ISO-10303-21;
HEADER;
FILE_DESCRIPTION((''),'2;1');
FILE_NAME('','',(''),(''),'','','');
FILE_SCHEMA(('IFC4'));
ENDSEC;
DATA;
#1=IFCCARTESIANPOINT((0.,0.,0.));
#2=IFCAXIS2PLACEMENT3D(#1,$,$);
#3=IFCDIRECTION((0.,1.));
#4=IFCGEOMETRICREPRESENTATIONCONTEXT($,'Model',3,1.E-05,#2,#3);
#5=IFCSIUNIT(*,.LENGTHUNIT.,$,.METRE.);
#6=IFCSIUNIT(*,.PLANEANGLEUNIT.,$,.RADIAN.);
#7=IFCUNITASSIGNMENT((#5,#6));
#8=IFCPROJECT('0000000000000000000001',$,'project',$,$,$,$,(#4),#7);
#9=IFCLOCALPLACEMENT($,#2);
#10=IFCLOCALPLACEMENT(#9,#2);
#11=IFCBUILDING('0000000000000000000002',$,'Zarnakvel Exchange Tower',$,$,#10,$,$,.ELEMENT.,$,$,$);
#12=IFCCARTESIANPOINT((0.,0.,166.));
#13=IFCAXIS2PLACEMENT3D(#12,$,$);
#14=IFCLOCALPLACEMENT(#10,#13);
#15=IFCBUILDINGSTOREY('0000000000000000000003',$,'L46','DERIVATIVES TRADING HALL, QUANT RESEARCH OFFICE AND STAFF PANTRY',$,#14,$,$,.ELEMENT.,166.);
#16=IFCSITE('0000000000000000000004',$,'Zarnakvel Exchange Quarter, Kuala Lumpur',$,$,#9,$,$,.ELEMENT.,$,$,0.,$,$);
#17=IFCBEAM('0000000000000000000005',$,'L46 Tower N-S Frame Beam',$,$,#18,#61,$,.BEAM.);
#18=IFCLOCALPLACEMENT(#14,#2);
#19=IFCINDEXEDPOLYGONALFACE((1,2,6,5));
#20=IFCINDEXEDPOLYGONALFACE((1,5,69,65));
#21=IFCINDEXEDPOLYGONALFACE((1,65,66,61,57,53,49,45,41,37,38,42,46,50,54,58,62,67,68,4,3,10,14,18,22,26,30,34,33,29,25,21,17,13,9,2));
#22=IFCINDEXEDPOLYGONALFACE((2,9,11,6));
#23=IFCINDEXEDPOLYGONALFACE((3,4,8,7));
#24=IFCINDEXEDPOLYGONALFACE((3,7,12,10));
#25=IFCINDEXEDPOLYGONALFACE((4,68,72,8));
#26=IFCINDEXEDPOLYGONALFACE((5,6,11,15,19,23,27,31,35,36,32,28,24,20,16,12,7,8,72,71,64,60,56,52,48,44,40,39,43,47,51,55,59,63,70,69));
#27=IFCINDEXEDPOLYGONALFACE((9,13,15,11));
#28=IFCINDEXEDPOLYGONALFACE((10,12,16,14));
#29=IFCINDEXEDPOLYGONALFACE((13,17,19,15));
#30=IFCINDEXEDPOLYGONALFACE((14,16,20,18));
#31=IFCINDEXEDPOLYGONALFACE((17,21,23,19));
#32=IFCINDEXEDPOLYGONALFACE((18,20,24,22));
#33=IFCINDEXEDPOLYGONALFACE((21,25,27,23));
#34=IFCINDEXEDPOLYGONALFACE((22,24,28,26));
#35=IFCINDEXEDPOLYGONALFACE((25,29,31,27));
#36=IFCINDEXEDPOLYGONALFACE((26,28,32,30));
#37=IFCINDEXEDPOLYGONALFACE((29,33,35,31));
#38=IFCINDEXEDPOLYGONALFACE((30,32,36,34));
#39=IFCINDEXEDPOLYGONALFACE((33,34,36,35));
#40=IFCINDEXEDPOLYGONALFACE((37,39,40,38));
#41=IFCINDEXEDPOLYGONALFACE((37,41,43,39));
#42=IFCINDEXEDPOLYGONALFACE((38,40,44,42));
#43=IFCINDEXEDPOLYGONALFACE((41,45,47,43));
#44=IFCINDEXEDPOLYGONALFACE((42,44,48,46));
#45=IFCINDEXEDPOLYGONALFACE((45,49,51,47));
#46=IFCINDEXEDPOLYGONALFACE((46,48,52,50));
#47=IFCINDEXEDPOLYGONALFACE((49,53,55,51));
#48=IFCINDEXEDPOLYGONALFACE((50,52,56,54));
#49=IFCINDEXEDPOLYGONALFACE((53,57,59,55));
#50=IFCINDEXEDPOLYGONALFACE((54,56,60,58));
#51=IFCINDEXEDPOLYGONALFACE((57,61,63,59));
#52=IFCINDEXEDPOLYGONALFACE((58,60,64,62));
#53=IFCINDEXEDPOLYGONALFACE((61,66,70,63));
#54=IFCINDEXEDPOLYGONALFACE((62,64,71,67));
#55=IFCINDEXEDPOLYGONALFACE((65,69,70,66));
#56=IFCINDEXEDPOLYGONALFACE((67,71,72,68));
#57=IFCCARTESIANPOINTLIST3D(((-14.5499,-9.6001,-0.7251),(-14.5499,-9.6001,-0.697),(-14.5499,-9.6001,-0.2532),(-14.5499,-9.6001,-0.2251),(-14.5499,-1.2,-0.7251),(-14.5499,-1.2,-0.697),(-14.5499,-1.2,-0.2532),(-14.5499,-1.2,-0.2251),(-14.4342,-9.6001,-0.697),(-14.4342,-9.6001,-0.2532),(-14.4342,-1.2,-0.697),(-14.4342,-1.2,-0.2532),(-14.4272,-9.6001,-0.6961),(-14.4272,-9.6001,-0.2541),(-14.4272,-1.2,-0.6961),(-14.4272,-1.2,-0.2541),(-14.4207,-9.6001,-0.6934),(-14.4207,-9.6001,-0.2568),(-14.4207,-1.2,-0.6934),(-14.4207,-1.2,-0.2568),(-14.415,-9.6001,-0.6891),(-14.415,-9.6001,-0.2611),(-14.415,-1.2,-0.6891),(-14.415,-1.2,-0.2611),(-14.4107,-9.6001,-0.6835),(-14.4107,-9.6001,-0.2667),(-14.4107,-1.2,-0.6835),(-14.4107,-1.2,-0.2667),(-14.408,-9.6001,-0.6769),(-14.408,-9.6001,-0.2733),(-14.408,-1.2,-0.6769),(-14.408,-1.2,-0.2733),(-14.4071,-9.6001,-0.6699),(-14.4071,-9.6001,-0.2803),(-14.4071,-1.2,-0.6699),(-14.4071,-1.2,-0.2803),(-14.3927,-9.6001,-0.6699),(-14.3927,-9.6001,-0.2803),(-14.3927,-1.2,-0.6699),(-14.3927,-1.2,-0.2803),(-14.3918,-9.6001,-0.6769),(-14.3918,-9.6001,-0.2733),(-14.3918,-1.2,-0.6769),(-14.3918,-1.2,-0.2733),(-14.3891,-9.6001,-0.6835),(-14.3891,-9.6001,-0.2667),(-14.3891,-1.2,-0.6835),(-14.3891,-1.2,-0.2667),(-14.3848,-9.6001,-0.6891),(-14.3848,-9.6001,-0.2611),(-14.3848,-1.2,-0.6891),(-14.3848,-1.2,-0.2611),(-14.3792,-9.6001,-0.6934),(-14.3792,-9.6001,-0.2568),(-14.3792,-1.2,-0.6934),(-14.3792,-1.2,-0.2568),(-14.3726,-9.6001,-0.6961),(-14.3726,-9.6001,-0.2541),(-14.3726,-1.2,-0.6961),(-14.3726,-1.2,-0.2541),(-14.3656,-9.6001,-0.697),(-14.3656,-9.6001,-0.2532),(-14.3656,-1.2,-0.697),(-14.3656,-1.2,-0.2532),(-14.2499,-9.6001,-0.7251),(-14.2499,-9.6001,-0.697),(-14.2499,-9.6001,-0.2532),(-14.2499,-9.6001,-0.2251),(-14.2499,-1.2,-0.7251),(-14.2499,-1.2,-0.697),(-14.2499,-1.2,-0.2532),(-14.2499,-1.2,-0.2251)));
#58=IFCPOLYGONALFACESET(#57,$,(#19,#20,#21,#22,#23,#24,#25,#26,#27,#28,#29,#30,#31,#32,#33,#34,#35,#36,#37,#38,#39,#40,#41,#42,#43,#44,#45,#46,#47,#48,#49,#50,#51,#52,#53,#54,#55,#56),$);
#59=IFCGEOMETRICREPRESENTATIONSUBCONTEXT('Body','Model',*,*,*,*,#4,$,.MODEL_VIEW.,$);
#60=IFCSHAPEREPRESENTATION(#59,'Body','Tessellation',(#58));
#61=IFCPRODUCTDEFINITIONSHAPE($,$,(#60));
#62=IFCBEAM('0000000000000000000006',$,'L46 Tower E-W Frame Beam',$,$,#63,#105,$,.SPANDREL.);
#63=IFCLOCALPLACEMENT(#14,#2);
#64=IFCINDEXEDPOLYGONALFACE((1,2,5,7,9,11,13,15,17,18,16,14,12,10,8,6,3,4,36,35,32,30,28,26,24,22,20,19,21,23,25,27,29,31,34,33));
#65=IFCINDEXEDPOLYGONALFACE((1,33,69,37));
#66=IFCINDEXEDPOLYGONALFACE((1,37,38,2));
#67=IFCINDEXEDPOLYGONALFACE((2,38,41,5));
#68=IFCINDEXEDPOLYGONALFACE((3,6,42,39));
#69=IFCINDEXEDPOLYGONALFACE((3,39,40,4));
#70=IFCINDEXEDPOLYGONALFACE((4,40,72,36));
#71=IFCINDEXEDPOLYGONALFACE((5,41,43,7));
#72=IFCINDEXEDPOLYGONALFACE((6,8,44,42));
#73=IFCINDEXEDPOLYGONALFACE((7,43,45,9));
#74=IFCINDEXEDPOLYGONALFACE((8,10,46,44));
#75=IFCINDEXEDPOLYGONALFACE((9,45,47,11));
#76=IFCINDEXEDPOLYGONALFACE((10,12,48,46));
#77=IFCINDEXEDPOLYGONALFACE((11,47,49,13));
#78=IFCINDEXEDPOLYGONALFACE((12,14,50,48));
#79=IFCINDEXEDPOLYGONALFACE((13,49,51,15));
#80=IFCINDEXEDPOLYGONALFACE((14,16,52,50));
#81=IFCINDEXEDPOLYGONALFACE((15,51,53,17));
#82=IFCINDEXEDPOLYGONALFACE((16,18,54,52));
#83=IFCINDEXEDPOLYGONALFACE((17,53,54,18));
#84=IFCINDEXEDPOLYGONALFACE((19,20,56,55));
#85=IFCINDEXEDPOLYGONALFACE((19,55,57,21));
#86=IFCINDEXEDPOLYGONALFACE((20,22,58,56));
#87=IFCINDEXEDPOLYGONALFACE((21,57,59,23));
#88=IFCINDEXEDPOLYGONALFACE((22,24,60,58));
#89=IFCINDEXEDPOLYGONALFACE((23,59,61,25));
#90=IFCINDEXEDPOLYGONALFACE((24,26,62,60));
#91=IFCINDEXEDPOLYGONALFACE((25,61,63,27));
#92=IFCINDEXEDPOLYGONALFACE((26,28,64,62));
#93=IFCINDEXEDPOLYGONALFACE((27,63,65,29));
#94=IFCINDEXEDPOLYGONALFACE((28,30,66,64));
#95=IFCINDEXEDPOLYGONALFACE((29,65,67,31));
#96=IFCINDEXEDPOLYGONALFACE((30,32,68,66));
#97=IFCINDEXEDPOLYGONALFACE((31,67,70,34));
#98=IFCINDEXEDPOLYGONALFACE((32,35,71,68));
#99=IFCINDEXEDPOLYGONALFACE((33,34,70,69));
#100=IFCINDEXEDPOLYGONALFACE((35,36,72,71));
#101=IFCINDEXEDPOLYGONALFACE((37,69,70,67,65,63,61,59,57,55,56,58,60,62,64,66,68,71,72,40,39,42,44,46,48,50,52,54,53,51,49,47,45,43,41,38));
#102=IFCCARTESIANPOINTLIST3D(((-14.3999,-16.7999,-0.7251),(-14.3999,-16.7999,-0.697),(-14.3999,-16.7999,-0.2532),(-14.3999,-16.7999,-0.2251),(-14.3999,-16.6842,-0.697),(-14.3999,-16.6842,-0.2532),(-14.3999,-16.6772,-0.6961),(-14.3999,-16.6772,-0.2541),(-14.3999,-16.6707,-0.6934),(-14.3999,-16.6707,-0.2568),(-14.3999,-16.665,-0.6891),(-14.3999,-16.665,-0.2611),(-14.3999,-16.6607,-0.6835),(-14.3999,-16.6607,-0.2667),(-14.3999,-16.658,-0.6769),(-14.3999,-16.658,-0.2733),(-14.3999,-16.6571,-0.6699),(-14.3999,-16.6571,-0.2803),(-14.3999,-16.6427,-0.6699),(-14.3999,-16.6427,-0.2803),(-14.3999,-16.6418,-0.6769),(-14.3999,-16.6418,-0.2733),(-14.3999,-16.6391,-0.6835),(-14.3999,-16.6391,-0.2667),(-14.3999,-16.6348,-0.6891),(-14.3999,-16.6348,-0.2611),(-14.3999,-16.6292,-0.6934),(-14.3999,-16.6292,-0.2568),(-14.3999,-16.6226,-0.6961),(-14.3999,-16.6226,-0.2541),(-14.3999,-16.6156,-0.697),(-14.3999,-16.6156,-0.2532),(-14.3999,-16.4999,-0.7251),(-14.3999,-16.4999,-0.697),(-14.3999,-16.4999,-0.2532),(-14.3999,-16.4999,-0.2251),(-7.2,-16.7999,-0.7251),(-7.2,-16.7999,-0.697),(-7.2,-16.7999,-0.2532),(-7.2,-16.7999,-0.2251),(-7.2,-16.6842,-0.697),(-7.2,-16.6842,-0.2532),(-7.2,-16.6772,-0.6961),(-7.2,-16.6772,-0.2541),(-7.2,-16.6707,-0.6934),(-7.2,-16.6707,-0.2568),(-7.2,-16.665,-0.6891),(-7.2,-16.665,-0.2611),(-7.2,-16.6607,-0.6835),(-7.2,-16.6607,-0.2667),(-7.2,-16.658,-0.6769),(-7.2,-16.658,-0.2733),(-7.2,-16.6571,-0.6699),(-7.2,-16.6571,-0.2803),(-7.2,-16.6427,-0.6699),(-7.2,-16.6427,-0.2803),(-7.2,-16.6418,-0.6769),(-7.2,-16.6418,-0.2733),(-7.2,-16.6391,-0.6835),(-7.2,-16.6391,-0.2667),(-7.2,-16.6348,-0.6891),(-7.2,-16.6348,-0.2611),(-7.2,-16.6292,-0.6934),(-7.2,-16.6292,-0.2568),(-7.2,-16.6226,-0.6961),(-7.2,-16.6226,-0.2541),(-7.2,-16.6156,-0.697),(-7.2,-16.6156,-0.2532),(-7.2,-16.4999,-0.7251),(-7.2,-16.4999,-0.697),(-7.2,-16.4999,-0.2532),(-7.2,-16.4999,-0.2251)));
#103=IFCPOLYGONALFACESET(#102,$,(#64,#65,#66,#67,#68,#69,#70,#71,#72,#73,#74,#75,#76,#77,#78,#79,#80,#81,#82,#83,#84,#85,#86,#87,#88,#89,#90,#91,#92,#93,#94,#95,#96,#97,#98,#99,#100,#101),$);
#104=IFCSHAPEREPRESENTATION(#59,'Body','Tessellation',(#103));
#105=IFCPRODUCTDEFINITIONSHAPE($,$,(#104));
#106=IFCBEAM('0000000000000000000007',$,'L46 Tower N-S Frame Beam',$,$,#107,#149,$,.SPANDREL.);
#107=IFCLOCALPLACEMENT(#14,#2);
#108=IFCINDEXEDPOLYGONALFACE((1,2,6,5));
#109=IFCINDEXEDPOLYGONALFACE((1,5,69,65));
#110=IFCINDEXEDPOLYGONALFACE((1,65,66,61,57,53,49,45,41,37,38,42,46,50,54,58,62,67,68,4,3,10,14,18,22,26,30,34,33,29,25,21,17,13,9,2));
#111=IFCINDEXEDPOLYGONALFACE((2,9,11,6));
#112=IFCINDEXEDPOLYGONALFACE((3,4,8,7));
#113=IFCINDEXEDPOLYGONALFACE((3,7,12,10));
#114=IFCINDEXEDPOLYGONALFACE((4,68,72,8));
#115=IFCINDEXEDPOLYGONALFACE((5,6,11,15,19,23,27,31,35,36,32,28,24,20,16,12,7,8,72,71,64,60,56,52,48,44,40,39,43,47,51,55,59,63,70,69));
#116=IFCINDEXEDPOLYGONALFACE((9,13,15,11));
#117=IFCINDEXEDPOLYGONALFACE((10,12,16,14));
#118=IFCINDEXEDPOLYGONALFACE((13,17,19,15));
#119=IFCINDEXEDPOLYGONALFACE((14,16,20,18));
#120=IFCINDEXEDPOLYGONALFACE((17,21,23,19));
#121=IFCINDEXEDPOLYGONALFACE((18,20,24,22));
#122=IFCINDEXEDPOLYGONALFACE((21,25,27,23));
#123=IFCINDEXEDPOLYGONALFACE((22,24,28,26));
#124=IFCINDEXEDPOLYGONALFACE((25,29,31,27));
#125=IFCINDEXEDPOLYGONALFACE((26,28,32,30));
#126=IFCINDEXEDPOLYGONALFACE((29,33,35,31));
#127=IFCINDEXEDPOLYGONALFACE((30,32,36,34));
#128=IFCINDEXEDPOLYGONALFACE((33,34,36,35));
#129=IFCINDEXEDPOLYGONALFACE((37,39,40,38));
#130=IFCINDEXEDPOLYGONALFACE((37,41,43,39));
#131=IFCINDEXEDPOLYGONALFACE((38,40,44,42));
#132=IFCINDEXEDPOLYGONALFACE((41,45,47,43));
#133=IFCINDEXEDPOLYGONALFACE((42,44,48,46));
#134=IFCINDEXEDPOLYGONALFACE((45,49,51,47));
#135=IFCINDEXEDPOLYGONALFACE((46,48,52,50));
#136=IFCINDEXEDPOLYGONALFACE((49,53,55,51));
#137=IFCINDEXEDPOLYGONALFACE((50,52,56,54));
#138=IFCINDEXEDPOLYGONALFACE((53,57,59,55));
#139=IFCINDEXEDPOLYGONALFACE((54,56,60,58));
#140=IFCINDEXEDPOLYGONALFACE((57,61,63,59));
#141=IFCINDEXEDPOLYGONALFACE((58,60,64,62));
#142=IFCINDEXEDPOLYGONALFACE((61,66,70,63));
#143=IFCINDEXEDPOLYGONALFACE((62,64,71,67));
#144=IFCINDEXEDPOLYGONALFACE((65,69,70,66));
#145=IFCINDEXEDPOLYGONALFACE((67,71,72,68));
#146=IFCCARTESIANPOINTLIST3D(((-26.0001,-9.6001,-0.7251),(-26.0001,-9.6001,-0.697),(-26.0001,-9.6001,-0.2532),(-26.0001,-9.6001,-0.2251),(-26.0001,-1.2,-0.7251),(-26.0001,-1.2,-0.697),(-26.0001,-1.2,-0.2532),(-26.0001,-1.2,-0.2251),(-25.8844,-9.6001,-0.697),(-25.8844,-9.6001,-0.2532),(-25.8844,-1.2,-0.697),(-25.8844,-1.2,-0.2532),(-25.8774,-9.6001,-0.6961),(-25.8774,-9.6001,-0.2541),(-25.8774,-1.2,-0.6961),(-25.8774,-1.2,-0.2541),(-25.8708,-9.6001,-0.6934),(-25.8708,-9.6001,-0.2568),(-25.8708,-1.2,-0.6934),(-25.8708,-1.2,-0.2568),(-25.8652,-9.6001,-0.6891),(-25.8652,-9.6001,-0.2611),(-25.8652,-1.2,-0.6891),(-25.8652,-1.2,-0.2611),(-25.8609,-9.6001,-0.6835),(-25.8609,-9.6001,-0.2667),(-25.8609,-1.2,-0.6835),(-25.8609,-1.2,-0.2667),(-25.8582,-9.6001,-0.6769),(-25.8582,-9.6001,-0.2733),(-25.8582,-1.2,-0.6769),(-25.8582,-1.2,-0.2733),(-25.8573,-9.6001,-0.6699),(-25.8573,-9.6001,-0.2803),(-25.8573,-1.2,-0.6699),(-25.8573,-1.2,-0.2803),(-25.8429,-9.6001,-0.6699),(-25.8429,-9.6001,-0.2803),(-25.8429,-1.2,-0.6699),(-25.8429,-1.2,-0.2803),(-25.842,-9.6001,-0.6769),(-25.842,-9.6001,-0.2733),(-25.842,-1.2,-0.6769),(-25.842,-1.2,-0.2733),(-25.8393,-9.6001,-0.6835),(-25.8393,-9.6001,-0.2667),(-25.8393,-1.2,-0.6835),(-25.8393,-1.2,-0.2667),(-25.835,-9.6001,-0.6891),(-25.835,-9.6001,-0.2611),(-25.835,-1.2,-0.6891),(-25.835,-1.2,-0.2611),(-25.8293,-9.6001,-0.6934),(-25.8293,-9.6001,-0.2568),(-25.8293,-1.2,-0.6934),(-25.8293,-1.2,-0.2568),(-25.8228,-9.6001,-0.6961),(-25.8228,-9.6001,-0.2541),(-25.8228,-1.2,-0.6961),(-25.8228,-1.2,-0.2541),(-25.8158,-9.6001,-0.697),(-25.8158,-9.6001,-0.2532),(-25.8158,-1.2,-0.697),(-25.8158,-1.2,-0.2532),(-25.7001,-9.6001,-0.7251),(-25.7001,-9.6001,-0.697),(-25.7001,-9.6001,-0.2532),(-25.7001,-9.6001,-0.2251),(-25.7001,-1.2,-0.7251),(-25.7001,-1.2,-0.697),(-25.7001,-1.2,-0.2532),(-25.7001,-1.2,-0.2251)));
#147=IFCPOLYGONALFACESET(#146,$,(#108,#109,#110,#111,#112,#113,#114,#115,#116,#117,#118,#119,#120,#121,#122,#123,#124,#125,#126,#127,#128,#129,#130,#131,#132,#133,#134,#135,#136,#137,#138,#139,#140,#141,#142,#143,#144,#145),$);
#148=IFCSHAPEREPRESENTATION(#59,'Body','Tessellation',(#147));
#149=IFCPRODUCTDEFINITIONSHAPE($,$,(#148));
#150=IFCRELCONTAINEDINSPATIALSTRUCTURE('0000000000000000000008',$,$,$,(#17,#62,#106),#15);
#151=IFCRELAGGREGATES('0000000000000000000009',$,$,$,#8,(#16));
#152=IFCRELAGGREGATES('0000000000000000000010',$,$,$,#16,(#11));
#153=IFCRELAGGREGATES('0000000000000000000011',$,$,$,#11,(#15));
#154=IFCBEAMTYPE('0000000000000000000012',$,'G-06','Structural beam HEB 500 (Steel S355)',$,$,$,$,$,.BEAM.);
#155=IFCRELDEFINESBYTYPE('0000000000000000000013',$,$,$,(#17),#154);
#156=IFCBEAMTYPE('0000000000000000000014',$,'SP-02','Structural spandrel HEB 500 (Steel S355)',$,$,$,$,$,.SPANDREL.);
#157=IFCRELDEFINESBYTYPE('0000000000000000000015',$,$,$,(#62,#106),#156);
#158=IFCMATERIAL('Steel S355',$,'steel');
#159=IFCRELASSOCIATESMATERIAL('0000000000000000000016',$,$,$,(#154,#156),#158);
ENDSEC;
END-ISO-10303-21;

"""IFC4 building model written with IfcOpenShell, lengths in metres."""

from ifc_helpers import new_model, si_unit, direction, frame, origin, origin_2d, place, context, subcontext, project, spatial, i_section, extrude, material, material_profile, profile_set, type_object, element, save


model = new_model("IFC4")

# Units and contexts
model_context = context("Model", 3, precision=1e-05, world=origin(), true_north=direction((0.0, 1.0)))
body_context = subcontext(model_context, "Body", "Model", "MODEL_VIEW")
ifc_project = project(units=[si_unit("LENGTHUNIT", "METRE"), si_unit("PLANEANGLEUNIT", "RADIAN")], contexts=[model_context])

# Site, building, storey
site_placement = place(None, origin())
site = spatial("IfcSite", under=ifc_project, at=site_placement, Name="Zarnakvel Exchange Quarter, Kuala Lumpur", CompositionType="ELEMENT", RefElevation=0.0)
building_placement = place(site_placement, origin())
building = spatial("IfcBuilding", under=site, at=building_placement, Name="Zarnakvel Exchange Tower", CompositionType="ELEMENT")
storey_placement = place(building_placement, frame((0.0, 0.0, 166.0)))
storey = spatial("IfcBuildingStorey", under=building, at=storey_placement, Name="L46", Description="DERIVATIVES TRADING HALL, QUANT RESEARCH OFFICE AND STAFF PANTRY", CompositionType="ELEMENT", Elevation=166.0)

# Shared definitions
ifc_material_1 = material(Name="Steel S355", Category="steel")

# Beams
ifc_material_profile_1 = material_profile(ifc_material_1, i_section(OverallWidth=0.3, OverallDepth=0.5, WebThickness=0.0144, FlangeThickness=0.0281, FilletRadius=0.0271, at=origin_2d()))
ifc_profile_set_1 = profile_set([ifc_material_profile_1], Name="Steel S355")
beam_type_1 = type_object("IfcBeamType", Name="G-06", Description="Structural beam HEB 500 (Steel S355)", PredefinedType="BEAM", material=ifc_profile_set_1)
beam_1_placement = place(storey_placement, frame((-14.3999, -9.6001, -0.4751), z_axis=(0.0, 1.0, 0.0), x_axis=(-1.0, 0.0, 0.0)))
element("IfcBeam", 1, at=beam_1_placement, inside=storey, type_object=beam_type_1, Name="L46 Tower N-S Frame Beam", PredefinedType="BEAM", context=body_context, shape_type="SweptSolid", body=[
    extrude(i_section(OverallWidth=0.3, OverallDepth=0.5, WebThickness=0.0144, FlangeThickness=0.0281, FilletRadius=0.0271, at=origin_2d()), origin(), (0.0, 0.0, 1.0), 8.4001),
])
ifc_material_profile_2 = material_profile(ifc_material_1, i_section(OverallWidth=0.3, OverallDepth=0.5, WebThickness=0.0144, FlangeThickness=0.0281, FilletRadius=0.0271, at=origin_2d()))
ifc_profile_set_2 = profile_set([ifc_material_profile_2], Name="Steel S355")
beam_type_2 = type_object("IfcBeamType", Name="SP-02", Description="Structural spandrel HEB 500 (Steel S355)", PredefinedType="SPANDREL", material=ifc_profile_set_2)
beam_2_placement = place(storey_placement, frame((-14.3999, -16.6499, -0.4751), z_axis=(1.0, 0.0, 0.0), x_axis=(0.0, 1.0, 0.0)))
element("IfcBeam", 2, at=beam_2_placement, inside=storey, type_object=beam_type_2, Name="L46 Tower E-W Frame Beam", PredefinedType="SPANDREL", context=body_context, shape_type="SweptSolid", body=[
    extrude(i_section(OverallWidth=0.3, OverallDepth=0.5, WebThickness=0.0144, FlangeThickness=0.0281, FilletRadius=0.0271, at=origin_2d()), origin(), (0.0, 0.0, 1.0), 7.2),
])
beam_3_placement = place(storey_placement, frame((-25.8501, -9.6001, -0.4751), z_axis=(0.0, 1.0, 0.0), x_axis=(-1.0, 0.0, 0.0)))
element("IfcBeam", 3, at=beam_3_placement, inside=storey, type_object=beam_type_2, Name="L46 Tower N-S Frame Beam", PredefinedType="SPANDREL", context=body_context, shape_type="SweptSolid", body=[
    extrude(i_section(OverallWidth=0.3, OverallDepth=0.5, WebThickness=0.0144, FlangeThickness=0.0281, FilletRadius=0.0271, at=origin_2d()), origin(), (0.0, 0.0, 1.0), 8.4001),
])

save(model, "model.ifc")
